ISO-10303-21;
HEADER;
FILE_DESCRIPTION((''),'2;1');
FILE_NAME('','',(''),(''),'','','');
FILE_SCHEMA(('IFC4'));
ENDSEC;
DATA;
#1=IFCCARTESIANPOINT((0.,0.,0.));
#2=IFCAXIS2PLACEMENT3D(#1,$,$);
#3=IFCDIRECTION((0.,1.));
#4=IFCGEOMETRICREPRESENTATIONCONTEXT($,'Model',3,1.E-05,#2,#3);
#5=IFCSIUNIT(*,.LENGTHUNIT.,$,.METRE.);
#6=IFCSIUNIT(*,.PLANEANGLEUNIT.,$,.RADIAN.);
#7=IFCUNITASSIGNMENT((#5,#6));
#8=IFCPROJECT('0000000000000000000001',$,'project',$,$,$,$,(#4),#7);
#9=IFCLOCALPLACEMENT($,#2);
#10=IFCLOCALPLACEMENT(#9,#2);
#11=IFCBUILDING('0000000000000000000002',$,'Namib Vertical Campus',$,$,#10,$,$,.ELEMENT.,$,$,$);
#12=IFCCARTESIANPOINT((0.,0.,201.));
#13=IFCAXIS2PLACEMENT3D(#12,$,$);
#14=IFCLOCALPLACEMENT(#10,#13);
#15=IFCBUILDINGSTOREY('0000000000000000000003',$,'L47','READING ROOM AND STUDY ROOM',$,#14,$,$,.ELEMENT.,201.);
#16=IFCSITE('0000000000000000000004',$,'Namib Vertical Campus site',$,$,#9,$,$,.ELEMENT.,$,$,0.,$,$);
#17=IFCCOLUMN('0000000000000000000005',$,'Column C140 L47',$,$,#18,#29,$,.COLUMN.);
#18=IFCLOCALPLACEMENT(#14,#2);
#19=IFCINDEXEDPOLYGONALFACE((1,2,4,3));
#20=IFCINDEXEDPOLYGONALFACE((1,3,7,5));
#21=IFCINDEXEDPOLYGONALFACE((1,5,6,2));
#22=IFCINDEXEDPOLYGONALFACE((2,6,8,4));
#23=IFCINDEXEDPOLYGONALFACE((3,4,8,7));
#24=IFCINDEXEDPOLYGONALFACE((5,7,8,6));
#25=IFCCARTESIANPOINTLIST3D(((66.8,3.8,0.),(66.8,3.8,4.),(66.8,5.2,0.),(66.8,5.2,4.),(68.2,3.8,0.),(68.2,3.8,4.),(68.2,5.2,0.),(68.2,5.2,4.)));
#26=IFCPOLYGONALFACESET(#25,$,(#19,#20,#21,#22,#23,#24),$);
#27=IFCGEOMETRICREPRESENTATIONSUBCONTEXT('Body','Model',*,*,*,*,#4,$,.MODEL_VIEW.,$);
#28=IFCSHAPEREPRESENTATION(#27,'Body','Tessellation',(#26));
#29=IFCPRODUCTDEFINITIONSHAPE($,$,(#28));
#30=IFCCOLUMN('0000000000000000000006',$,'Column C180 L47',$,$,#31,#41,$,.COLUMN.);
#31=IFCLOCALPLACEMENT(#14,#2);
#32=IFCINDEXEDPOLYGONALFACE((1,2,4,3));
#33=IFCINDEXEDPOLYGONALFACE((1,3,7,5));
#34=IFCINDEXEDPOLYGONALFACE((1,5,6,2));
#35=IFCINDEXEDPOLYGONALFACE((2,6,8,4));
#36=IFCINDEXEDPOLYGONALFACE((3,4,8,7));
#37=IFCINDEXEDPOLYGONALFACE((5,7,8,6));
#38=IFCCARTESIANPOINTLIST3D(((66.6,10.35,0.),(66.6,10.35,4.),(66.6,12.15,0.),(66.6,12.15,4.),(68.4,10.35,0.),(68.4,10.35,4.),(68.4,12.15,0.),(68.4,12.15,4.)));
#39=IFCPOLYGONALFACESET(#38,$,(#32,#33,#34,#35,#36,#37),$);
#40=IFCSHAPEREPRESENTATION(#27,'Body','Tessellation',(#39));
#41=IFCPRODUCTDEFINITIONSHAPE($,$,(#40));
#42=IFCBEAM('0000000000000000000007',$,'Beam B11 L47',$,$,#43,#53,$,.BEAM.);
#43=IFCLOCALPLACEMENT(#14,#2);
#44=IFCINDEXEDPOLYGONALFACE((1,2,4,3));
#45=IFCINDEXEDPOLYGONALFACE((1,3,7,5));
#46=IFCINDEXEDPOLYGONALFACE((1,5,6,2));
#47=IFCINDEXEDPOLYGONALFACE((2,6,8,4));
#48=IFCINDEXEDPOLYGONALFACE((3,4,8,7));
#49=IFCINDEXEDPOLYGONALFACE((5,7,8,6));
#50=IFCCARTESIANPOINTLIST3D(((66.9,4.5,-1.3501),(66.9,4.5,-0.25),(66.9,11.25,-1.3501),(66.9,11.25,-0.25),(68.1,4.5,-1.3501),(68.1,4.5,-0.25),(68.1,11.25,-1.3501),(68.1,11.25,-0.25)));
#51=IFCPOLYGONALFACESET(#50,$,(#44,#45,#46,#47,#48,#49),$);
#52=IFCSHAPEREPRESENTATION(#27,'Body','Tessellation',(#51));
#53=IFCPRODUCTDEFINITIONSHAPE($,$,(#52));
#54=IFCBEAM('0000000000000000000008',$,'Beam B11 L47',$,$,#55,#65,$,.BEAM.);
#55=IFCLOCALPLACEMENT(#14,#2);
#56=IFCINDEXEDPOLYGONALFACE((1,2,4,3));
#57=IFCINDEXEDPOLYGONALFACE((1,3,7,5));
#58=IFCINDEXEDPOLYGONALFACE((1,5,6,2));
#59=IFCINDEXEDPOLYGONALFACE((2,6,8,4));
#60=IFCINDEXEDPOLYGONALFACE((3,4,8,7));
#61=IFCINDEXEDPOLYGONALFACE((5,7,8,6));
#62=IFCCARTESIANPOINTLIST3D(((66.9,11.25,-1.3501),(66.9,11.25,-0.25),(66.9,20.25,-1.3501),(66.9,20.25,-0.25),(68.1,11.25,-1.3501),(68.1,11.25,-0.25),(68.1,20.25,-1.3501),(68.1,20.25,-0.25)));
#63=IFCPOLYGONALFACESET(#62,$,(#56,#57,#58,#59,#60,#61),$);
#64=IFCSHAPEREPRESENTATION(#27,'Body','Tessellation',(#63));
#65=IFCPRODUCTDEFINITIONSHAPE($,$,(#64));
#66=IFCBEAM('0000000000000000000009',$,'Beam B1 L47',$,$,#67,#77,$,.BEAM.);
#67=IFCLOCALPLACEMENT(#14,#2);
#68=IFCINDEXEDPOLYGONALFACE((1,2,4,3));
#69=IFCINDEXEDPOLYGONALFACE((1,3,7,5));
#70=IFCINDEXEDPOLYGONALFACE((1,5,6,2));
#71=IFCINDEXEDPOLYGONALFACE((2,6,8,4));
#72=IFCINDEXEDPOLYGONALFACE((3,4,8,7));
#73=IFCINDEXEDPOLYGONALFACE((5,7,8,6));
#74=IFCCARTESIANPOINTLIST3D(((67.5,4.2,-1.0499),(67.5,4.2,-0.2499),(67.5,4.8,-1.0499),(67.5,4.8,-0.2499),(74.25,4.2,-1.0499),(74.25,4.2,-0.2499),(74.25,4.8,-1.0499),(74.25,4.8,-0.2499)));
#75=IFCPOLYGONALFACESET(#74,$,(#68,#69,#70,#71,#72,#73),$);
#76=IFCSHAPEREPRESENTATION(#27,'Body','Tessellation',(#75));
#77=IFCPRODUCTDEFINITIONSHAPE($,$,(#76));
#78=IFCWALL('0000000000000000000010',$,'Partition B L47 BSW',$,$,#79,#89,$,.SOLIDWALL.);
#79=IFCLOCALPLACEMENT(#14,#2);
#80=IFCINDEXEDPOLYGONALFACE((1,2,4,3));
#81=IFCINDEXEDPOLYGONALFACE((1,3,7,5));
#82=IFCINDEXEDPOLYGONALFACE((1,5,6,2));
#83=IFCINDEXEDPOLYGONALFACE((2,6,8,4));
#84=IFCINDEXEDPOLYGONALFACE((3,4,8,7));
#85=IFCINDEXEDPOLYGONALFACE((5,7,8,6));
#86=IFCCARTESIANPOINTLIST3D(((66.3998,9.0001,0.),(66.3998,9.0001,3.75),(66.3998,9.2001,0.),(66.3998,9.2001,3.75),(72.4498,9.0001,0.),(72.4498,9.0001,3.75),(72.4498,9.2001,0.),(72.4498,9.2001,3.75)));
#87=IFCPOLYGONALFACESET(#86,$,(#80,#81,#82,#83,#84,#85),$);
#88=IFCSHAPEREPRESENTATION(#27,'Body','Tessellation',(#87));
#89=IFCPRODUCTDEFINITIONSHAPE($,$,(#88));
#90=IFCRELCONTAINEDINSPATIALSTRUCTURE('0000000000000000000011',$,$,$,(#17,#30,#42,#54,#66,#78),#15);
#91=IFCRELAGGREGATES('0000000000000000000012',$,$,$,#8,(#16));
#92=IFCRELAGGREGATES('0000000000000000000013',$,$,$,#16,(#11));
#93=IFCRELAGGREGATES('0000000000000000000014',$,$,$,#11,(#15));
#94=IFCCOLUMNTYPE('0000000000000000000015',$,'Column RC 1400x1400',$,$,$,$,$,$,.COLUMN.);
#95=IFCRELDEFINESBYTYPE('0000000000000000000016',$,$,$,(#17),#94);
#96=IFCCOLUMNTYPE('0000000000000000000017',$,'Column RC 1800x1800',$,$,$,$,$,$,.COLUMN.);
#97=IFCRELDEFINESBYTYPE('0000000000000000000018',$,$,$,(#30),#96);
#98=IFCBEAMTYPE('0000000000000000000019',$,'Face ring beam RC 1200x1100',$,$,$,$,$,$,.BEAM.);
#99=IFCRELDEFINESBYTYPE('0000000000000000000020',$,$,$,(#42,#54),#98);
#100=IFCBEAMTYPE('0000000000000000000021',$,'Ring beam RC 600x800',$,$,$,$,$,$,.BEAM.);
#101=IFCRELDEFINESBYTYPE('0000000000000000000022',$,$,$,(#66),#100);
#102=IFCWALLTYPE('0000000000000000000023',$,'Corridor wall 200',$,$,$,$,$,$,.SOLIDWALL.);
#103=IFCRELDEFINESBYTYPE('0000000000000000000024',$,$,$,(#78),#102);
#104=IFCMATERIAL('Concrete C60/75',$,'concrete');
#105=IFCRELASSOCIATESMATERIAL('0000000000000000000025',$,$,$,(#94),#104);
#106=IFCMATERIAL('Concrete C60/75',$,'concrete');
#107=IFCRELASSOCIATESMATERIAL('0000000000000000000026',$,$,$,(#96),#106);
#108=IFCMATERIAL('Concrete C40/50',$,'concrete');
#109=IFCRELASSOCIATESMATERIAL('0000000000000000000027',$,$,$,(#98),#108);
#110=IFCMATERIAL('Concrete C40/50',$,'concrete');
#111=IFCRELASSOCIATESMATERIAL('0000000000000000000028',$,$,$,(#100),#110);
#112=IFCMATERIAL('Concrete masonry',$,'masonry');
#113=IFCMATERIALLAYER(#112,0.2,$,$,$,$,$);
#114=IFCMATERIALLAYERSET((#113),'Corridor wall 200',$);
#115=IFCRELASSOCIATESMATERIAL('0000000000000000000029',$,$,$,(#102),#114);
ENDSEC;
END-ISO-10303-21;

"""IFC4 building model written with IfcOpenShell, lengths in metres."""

from ifc_helpers import new_model, si_unit, direction, frame, frame_2d, origin, origin_2d, place, context, subcontext, project, spatial, rectangle, extrude, material, layer, layer_set, material_profile, profile_set, type_object, element, save


model = new_model("IFC4")

# Units and contexts
model_context = context("Model", 3, precision=1e-05, world=origin(), true_north=direction((0.0, 1.0)))
body_context = subcontext(model_context, "Body", "Model", "MODEL_VIEW")
ifc_project = project(units=[si_unit("LENGTHUNIT", "METRE"), si_unit("PLANEANGLEUNIT", "RADIAN")], contexts=[model_context])

# Site, building, storey
site_placement = place(None, origin())
site = spatial("IfcSite", under=ifc_project, at=site_placement, Name="Namib Vertical Campus site", CompositionType="ELEMENT", RefElevation=0.0)
building_placement = place(site_placement, origin())
building = spatial("IfcBuilding", under=site, at=building_placement, Name="Namib Vertical Campus", CompositionType="ELEMENT")
storey_placement = place(building_placement, frame((0.0, 0.0, 201.0)))
storey = spatial("IfcBuildingStorey", under=building, at=storey_placement, Name="L47", Description="READING ROOM AND STUDY ROOM", CompositionType="ELEMENT", Elevation=201.0)

# Columns
ifc_material_1 = material(Name="Concrete C60/75", Category="concrete")
ifc_material_profile_1 = material_profile(ifc_material_1, rectangle(XDim=1.3999, YDim=1.3999, at=origin_2d()))
ifc_profile_set_1 = profile_set([ifc_material_profile_1], Name="Concrete C60/75")
column_type_1 = type_object("IfcColumnType", Name="Column RC 1400x1400", PredefinedType="COLUMN", material=ifc_profile_set_1)
column_1_placement = place(storey_placement, frame((67.5, 4.5, 0.0), z_axis=(0.0, 0.0, 1.0), x_axis=(1.0, 0.0, 0.0)))
element("IfcColumn", 1, at=column_1_placement, inside=storey, type_object=column_type_1, Name="Column C140 L47", PredefinedType="COLUMN", context=body_context, shape_type="SweptSolid", body=[
    extrude(rectangle(XDim=1.3999, YDim=1.3999, at=origin_2d()), origin(), (0.0, 0.0, 1.0), 4.0),
])
ifc_material_2 = material(Name="Concrete C60/75", Category="concrete")
ifc_material_profile_2 = material_profile(ifc_material_2, rectangle(XDim=1.8, YDim=1.8, at=origin_2d()))
ifc_profile_set_2 = profile_set([ifc_material_profile_2], Name="Concrete C60/75")
column_type_2 = type_object("IfcColumnType", Name="Column RC 1800x1800", PredefinedType="COLUMN", material=ifc_profile_set_2)
column_2_placement = place(storey_placement, frame((67.5, 11.25, 0.0), z_axis=(0.0, 0.0, 1.0), x_axis=(1.0, 0.0, 0.0)))
element("IfcColumn", 2, at=column_2_placement, inside=storey, type_object=column_type_2, Name="Column C180 L47", PredefinedType="COLUMN", context=body_context, shape_type="SweptSolid", body=[
    extrude(rectangle(XDim=1.8, YDim=1.8, at=origin_2d()), origin(), (0.0, 0.0, 1.0), 4.0),
])

# Beams
ifc_material_3 = material(Name="Concrete C40/50", Category="concrete")
ifc_material_profile_3 = material_profile(ifc_material_3, rectangle(XDim=1.2, YDim=1.1001, at=origin_2d()))
ifc_profile_set_3 = profile_set([ifc_material_profile_3], Name="Concrete C40/50")
beam_type_1 = type_object("IfcBeamType", Name="Face ring beam RC 1200x1100", PredefinedType="BEAM", material=ifc_profile_set_3)
beam_1_placement = place(storey_placement, frame((67.5, 4.5, -0.8), z_axis=(0.0, 1.0, 0.0), x_axis=(-1.0, 0.0, 0.0)))
element("IfcBeam", 3, at=beam_1_placement, inside=storey, type_object=beam_type_1, Name="Beam B11 L47", PredefinedType="BEAM", context=body_context, shape_type="SweptSolid", body=[
    extrude(rectangle(XDim=1.2, YDim=1.1001, at=origin_2d()), origin(), (0.0, 0.0, 1.0), 6.75),
])
beam_2_placement = place(storey_placement, frame((67.5, 11.25, -0.8), z_axis=(0.0, 1.0, 0.0), x_axis=(-1.0, 0.0, 0.0)))
element("IfcBeam", 4, at=beam_2_placement, inside=storey, type_object=beam_type_1, Name="Beam B11 L47", PredefinedType="BEAM", context=body_context, shape_type="SweptSolid", body=[
    extrude(rectangle(XDim=1.2, YDim=1.1001, at=origin_2d()), origin(), (0.0, 0.0, 1.0), 9.0),
])
ifc_material_4 = material(Name="Concrete C40/50", Category="concrete")
ifc_material_profile_4 = material_profile(ifc_material_4, rectangle(XDim=0.6001, YDim=0.8, at=origin_2d()))
ifc_profile_set_4 = profile_set([ifc_material_profile_4], Name="Concrete C40/50")
beam_type_2 = type_object("IfcBeamType", Name="Ring beam RC 600x800", PredefinedType="BEAM", material=ifc_profile_set_4)
beam_3_placement = place(storey_placement, frame((67.5, 4.5, -0.6499), z_axis=(1.0, 0.0, 0.0), x_axis=(0.0, 1.0, 0.0)))
element("IfcBeam", 5, at=beam_3_placement, inside=storey, type_object=beam_type_2, Name="Beam B1 L47", PredefinedType="BEAM", context=body_context, shape_type="SweptSolid", body=[
    extrude(rectangle(XDim=0.6001, YDim=0.8, at=origin_2d()), origin(), (0.0, 0.0, 1.0), 6.75),
])

# Wall
ifc_material_5 = material(Name="Concrete masonry", Category="masonry")
ifc_layer_1 = layer(ifc_material_5, 0.2)
ifc_layer_set_1 = layer_set([ifc_layer_1], Name="Corridor wall 200")
wall_type_1 = type_object("IfcWallType", Name="Corridor wall 200", PredefinedType="SOLIDWALL", material=ifc_layer_set_1)
wall_1_placement = place(storey_placement, frame((66.3999, 9.1001, 0.0), z_axis=(0.0, 0.0, 1.0), x_axis=(1.0, 0.0, 0.0)))
element("IfcWall", 6, at=wall_1_placement, inside=storey, type_object=wall_type_1, Name="Partition B L47 BSW", PredefinedType="SOLIDWALL", context=body_context, shape_type="SweptSolid", body=[
    extrude(rectangle(XDim=6.05, YDim=0.2, at=frame_2d((3.0249, 0.0))), origin(), (0.0, 0.0, 1.0), 3.75),
])

save(model, "model.ifc")
